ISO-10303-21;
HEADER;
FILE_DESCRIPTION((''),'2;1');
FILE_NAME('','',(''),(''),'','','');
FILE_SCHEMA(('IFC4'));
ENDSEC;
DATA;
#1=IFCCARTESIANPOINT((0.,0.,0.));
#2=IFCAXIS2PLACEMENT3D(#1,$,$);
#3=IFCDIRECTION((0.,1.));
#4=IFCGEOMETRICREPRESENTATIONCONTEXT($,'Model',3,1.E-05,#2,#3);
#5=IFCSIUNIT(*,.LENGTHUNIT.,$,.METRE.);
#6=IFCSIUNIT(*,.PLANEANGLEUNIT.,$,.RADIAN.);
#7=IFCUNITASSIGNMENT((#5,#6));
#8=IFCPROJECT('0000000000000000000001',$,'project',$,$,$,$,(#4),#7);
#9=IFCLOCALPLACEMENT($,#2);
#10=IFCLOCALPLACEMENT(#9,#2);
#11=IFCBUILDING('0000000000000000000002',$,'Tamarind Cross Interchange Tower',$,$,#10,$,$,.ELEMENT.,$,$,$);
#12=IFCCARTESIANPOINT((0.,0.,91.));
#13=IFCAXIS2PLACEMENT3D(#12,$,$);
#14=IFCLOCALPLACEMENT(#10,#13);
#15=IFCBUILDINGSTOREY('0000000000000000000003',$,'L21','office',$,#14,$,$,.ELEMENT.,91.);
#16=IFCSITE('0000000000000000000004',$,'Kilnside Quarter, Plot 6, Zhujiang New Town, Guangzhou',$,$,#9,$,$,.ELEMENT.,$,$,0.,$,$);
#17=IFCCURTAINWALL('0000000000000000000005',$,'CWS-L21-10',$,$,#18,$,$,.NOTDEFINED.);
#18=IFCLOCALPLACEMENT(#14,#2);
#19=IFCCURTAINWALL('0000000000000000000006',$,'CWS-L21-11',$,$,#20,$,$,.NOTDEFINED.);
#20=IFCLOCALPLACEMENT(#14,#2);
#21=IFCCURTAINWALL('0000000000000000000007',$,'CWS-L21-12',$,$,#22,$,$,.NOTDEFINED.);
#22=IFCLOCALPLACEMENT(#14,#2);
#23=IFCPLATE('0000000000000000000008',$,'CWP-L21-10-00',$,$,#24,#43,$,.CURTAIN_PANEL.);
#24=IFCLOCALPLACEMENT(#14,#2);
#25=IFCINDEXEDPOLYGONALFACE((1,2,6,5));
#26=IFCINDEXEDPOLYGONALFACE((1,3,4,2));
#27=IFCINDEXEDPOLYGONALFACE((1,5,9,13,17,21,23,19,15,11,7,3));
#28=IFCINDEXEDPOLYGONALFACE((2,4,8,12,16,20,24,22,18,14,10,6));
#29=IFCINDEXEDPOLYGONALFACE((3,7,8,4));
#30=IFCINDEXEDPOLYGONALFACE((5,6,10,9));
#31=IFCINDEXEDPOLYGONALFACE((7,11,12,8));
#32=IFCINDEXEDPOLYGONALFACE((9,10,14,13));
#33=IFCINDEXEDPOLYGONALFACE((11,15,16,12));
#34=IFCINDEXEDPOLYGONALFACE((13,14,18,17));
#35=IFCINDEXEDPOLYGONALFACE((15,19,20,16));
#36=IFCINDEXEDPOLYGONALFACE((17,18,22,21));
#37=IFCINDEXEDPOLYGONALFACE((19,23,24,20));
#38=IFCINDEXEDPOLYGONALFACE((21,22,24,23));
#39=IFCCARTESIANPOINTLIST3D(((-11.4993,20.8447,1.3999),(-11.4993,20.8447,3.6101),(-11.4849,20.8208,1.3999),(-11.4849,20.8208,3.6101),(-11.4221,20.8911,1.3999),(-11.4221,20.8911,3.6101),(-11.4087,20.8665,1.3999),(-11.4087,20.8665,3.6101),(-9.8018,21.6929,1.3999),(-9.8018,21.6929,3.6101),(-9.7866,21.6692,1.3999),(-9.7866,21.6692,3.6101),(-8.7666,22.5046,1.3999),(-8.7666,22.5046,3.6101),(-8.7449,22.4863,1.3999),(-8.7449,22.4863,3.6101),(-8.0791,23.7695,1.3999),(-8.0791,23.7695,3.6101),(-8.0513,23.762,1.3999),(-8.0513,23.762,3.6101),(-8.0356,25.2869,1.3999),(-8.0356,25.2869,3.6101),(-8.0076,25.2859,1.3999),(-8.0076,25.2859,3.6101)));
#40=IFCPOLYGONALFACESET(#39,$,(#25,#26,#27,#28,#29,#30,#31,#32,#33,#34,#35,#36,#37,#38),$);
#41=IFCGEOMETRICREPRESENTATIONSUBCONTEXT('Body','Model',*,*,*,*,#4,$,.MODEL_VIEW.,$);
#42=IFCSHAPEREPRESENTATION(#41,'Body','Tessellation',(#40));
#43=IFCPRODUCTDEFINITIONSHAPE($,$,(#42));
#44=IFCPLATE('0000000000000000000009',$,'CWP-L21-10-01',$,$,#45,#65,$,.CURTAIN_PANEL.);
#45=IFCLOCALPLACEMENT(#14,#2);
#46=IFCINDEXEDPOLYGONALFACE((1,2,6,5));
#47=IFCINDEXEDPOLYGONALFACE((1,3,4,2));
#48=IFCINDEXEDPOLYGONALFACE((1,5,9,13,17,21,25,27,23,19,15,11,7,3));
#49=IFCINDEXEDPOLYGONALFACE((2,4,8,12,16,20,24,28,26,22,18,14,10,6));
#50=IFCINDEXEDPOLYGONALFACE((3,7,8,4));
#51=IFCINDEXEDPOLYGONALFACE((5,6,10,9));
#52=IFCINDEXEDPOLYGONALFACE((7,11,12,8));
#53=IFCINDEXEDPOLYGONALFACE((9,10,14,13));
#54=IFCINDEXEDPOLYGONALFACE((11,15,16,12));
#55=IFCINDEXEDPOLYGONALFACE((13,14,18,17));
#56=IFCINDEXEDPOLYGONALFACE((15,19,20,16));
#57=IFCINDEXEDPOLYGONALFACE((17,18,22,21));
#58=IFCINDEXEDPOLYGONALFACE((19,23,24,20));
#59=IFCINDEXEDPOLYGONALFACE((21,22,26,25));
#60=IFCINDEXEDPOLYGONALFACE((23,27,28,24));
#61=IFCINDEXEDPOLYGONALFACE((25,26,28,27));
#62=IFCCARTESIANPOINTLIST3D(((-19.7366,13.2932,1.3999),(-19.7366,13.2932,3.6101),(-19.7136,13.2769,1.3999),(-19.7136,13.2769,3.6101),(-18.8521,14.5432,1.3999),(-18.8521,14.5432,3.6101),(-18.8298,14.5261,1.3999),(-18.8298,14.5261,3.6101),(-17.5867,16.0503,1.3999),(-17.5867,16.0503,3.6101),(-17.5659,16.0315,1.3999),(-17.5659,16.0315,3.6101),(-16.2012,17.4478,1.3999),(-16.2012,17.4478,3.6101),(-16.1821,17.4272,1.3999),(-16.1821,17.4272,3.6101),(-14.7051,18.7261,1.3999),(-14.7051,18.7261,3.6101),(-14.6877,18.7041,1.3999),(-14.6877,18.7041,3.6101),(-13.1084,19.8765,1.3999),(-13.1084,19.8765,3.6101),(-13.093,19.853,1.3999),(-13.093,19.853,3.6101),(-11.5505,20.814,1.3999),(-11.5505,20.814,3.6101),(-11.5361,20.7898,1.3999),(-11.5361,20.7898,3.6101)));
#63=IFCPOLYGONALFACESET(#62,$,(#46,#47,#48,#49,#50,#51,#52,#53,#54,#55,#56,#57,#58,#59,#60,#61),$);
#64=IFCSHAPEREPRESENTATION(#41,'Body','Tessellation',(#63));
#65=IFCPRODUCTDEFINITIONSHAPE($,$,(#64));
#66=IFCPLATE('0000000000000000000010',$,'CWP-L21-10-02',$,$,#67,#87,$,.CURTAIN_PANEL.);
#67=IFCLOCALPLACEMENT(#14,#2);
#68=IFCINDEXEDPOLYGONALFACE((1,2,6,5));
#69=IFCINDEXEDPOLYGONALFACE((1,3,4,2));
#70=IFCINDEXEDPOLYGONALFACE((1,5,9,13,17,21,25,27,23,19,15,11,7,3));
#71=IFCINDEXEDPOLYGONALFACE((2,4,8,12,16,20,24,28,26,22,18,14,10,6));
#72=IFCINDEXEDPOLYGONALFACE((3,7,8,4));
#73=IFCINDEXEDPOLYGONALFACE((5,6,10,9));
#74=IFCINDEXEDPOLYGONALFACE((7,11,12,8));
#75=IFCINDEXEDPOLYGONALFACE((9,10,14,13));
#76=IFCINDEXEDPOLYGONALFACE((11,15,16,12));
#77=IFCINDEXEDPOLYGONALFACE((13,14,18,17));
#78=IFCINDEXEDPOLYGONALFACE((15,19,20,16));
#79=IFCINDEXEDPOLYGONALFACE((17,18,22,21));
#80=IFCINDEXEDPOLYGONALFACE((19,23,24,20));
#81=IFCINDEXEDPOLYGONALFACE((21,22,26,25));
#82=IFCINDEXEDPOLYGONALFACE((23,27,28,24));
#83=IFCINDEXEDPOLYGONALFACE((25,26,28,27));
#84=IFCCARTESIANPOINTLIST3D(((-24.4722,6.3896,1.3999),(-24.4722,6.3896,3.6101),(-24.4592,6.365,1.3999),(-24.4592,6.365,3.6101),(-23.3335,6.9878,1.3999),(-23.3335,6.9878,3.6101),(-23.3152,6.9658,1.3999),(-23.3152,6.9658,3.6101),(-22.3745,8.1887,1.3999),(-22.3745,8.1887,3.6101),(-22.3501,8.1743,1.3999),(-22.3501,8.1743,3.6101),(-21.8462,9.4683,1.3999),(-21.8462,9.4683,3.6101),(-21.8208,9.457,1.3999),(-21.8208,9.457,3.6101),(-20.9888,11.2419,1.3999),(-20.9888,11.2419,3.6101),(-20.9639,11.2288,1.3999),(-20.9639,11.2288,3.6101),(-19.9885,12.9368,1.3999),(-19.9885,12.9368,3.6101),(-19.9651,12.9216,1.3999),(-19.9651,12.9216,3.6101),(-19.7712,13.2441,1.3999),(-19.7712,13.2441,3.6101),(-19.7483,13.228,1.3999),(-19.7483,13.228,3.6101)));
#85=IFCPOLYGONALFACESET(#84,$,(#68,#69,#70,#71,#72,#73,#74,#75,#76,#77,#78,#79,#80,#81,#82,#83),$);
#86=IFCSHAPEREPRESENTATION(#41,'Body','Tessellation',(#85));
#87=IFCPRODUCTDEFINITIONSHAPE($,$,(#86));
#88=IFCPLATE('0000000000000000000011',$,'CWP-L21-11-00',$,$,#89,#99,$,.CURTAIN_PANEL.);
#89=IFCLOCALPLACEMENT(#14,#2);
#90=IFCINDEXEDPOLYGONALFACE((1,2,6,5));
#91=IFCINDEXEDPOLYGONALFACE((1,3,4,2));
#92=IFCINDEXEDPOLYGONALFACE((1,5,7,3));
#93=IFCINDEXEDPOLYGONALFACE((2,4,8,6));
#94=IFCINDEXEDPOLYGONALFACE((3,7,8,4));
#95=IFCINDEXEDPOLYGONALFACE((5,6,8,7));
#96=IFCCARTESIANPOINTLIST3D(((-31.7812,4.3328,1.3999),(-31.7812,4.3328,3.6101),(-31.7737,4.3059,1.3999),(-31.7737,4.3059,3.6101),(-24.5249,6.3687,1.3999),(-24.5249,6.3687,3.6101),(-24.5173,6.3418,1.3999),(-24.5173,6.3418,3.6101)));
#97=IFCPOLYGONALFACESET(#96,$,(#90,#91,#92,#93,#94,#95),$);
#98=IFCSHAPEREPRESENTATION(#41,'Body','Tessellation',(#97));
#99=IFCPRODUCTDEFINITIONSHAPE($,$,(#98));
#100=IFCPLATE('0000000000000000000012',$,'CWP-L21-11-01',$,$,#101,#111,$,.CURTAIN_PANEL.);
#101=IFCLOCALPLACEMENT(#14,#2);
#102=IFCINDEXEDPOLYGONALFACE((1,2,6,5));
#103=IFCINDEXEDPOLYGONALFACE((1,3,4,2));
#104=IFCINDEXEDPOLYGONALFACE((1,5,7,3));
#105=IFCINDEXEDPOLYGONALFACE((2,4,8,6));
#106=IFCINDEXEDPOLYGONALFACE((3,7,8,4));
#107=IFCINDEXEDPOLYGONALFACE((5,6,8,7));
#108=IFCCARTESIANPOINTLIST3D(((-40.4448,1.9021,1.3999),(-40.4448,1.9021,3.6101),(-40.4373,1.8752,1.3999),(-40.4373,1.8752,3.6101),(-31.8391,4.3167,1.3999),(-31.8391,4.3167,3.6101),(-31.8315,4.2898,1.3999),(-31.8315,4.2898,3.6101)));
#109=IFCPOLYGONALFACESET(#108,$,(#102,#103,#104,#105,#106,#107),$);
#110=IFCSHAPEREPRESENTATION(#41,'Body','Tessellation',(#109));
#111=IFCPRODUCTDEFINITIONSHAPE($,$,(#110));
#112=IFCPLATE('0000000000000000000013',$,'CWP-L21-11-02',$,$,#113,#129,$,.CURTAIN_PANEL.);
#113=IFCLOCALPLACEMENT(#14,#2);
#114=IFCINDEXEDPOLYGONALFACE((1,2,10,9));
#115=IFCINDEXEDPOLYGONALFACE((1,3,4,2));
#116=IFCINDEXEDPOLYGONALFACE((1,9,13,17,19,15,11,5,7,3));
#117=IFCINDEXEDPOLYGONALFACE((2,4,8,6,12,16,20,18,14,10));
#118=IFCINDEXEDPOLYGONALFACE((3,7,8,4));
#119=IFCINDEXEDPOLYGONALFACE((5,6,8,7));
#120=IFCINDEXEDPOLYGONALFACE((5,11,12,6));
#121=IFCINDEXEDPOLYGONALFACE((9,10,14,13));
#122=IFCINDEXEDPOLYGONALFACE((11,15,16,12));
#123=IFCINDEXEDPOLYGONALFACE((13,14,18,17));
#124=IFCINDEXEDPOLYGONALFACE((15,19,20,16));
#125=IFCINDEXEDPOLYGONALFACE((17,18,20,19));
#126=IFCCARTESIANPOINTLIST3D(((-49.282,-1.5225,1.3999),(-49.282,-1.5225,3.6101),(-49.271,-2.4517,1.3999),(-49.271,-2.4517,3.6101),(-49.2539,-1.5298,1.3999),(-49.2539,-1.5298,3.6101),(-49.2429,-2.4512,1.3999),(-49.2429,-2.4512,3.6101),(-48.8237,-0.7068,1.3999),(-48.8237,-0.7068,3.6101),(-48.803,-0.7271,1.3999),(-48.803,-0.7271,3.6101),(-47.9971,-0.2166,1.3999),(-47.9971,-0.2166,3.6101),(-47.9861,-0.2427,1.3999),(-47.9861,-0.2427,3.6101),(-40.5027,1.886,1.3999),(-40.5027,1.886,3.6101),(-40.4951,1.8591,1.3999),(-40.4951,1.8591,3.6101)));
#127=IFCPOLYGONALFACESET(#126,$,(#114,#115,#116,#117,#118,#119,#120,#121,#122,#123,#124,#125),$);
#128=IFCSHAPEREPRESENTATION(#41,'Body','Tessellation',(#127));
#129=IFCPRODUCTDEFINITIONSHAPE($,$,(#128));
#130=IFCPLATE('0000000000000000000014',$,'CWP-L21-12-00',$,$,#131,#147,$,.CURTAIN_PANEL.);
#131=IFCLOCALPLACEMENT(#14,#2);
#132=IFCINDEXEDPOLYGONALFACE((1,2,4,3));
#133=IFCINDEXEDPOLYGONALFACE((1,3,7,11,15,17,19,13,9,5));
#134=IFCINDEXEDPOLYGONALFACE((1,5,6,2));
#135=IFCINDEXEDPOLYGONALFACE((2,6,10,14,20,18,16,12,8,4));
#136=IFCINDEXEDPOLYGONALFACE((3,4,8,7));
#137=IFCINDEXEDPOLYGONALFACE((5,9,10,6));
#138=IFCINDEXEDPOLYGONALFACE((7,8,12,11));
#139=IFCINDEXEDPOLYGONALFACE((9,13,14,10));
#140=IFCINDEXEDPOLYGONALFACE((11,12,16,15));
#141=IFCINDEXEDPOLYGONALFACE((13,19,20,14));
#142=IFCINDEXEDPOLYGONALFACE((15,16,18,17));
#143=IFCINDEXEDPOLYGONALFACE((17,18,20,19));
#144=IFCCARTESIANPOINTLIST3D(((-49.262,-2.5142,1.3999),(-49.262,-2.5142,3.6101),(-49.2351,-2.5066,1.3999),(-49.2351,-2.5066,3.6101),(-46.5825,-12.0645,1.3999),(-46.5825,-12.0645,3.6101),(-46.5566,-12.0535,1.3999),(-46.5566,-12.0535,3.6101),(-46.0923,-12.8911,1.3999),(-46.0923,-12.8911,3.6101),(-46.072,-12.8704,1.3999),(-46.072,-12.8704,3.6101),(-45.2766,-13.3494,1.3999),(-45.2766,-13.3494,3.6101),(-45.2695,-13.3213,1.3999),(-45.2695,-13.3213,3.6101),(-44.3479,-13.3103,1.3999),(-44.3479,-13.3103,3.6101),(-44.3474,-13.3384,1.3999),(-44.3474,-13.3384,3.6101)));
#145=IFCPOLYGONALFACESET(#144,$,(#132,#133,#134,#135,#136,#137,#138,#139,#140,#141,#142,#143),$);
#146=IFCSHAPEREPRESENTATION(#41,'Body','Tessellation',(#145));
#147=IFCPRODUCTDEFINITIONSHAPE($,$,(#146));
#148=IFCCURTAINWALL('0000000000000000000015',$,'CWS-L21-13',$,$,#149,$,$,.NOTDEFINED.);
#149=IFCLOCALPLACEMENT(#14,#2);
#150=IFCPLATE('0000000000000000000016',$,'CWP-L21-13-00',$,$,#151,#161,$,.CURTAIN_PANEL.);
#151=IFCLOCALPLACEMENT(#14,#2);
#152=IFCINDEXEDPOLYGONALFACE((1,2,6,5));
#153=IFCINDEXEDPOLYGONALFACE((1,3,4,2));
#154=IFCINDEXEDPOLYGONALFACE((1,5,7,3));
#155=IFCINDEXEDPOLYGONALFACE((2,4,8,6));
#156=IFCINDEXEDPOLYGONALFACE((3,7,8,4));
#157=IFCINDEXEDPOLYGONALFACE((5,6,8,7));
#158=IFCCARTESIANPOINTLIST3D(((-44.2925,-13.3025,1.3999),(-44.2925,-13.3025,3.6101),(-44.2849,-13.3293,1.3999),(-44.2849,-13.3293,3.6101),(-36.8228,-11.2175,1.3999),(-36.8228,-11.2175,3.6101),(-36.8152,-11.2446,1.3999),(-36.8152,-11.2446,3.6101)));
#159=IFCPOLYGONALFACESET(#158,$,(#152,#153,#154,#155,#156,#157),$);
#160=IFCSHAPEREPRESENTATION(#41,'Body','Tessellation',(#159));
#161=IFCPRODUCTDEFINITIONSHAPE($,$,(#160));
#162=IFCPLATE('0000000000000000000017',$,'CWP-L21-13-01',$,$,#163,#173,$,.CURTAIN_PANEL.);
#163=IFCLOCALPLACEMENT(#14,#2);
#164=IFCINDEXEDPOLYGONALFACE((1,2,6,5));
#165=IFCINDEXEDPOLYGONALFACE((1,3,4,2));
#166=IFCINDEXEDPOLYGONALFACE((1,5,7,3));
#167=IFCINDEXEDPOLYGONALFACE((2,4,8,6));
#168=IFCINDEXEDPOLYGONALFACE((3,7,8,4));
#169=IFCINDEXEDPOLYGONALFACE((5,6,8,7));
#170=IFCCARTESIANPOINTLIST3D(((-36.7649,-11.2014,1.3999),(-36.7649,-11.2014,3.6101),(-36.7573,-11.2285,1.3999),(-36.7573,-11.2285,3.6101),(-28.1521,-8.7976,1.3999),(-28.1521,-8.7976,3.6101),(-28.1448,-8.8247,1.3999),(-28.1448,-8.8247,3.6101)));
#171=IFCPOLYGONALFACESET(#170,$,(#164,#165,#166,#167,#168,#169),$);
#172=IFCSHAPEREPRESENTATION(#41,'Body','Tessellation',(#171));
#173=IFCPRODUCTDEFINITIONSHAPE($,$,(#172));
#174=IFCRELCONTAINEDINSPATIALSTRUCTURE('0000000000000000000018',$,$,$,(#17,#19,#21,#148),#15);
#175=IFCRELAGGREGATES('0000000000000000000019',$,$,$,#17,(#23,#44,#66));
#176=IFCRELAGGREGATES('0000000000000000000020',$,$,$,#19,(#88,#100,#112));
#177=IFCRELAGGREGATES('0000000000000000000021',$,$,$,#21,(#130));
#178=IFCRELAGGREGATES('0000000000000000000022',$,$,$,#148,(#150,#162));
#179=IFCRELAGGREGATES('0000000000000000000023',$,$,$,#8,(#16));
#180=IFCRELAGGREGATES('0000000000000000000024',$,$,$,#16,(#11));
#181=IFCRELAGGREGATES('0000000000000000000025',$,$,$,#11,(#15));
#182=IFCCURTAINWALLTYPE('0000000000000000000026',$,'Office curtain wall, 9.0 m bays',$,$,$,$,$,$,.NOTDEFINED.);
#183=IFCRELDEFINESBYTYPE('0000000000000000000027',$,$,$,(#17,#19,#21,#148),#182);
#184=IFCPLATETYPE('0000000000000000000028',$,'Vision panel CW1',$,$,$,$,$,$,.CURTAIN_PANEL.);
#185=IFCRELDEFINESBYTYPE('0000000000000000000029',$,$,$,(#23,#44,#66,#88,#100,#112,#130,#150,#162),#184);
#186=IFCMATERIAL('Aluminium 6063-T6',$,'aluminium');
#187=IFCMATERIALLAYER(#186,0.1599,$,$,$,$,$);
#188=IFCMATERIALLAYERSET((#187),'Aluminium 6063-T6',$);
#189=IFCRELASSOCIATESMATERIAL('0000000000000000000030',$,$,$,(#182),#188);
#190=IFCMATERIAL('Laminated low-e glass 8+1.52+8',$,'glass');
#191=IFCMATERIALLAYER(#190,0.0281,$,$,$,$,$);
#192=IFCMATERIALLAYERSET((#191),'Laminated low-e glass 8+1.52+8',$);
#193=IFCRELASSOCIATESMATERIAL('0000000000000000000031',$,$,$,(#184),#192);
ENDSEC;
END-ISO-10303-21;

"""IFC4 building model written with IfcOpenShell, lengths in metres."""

from ifc_helpers import new_model, si_unit, direction, frame, origin, place, context, subcontext, project, spatial, polyline, outline, extrude, material, layer, layer_set, type_object, element, aggregate, save


model = new_model("IFC4")

# Units and contexts
model_context = context("Model", 3, precision=1e-05, world=origin(), true_north=direction((0.0, 1.0)))
body_context = subcontext(model_context, "Body", "Model", "MODEL_VIEW")
ifc_project = project(units=[si_unit("LENGTHUNIT", "METRE"), si_unit("PLANEANGLEUNIT", "RADIAN")], contexts=[model_context])

# Site, building, storey
site_placement = place(None, origin())
site = spatial("IfcSite", under=ifc_project, at=site_placement, Name="Kilnside Quarter, Plot 6, Zhujiang New Town, Guangzhou", CompositionType="ELEMENT", RefElevation=0.0)
building_placement = place(site_placement, origin())
building = spatial("IfcBuilding", under=site, at=building_placement, Name="Tamarind Cross Interchange Tower", CompositionType="ELEMENT")
storey_placement = place(building_placement, frame((0.0, 0.0, 91.0)))
storey = spatial("IfcBuildingStorey", under=building, at=storey_placement, Name="L21", Description="office", CompositionType="ELEMENT", Elevation=91.0)

# Curtain walls
ifc_material_1 = material(Name="Aluminium 6063-T6", Category="aluminium")
ifc_layer_1 = layer(ifc_material_1, 0.1599)
ifc_layer_set_1 = layer_set([ifc_layer_1], Name="Aluminium 6063-T6")
curtain_wall_type = type_object("IfcCurtainWallType", Name="Office curtain wall, 9.0 m bays", PredefinedType="NOTDEFINED", material=ifc_layer_set_1)
curtain_wall_1_placement = place(storey_placement, origin())
curtain_wall_1 = element("IfcCurtainWall", 1, at=curtain_wall_1_placement, inside=storey, type_object=curtain_wall_type, Name="CWS-L21-10", PredefinedType="NOTDEFINED")
curtain_wall_2_placement = place(storey_placement, origin())
curtain_wall_2 = element("IfcCurtainWall", 2, at=curtain_wall_2_placement, inside=storey, type_object=curtain_wall_type, Name="CWS-L21-11", PredefinedType="NOTDEFINED")
curtain_wall_3_placement = place(storey_placement, origin())
curtain_wall_3 = element("IfcCurtainWall", 3, at=curtain_wall_3_placement, inside=storey, type_object=curtain_wall_type, Name="CWS-L21-12", PredefinedType="NOTDEFINED")

# Plates
ifc_material_2 = material(Name="Laminated low-e glass 8+1.52+8", Category="glass")
ifc_layer_2 = layer(ifc_material_2, 0.0281)
ifc_layer_set_2 = layer_set([ifc_layer_2], Name="Laminated low-e glass 8+1.52+8")
plate_type = type_object("IfcPlateType", Name="Vision panel CW1", PredefinedType="CURTAIN_PANEL", material=ifc_layer_set_2)
plate_1_placement = place(storey_placement, frame((0.0, 0.0, 1.3999)))
plate_1 = element("IfcPlate", 4, at=plate_1_placement, type_object=plate_type, Name="CWP-L21-10-00", PredefinedType="CURTAIN_PANEL", context=body_context, shape_type="SweptSolid", body=[
    extrude(outline(polyline([(-8.0076, 25.2859), (-8.0513, 23.762), (-8.7449, 22.4863), (-9.7866, 21.6692), (-11.4087, 20.8665), (-11.4849, 20.8208), (-11.4993, 20.8447), (-11.4221, 20.8911), (-9.8018, 21.6929), (-8.7666, 22.5046), (-8.0791, 23.7695), (-8.0356, 25.2869), (-8.0076, 25.2859)])), origin(), (0.0, 0.0, 1.0), 2.2102),
])
plate_2_placement = place(storey_placement, frame((0.0, 0.0, 1.3999)))
plate_2 = element("IfcPlate", 5, at=plate_2_placement, type_object=plate_type, Name="CWP-L21-10-01", PredefinedType="CURTAIN_PANEL", context=body_context, shape_type="SweptSolid", body=[
    extrude(outline(polyline([(-11.5361, 20.7898), (-13.093, 19.853), (-14.6877, 18.7041), (-16.1821, 17.4272), (-17.5659, 16.0315), (-18.8298, 14.5261), (-19.7136, 13.2769), (-19.7366, 13.2932), (-18.8521, 14.5432), (-17.5867, 16.0503), (-16.2012, 17.4478), (-14.7051, 18.7261), (-13.1084, 19.8765), (-11.5505, 20.814), (-11.5361, 20.7898)])), origin(), (0.0, 0.0, 1.0), 2.2102),
])
plate_3_placement = place(storey_placement, frame((0.0, 0.0, 1.3999)))
plate_3 = element("IfcPlate", 6, at=plate_3_placement, type_object=plate_type, Name="CWP-L21-10-02", PredefinedType="CURTAIN_PANEL", context=body_context, shape_type="SweptSolid", body=[
    extrude(outline(polyline([(-19.7483, 13.228), (-19.9651, 12.9216), (-20.9639, 11.2288), (-21.8208, 9.457), (-22.3501, 8.1743), (-23.3152, 6.9658), (-24.4592, 6.365), (-24.4722, 6.3896), (-23.3335, 6.9878), (-22.3745, 8.1887), (-21.8462, 9.4683), (-20.9888, 11.2419), (-19.9885, 12.9368), (-19.7712, 13.2441), (-19.7483, 13.228)])), origin(), (0.0, 0.0, 1.0), 2.2102),
])
aggregate(curtain_wall_1, [plate_1, plate_2, plate_3])
plate_4_placement = place(storey_placement, frame((0.0, 0.0, 1.3999)))
plate_4 = element("IfcPlate", 7, at=plate_4_placement, type_object=plate_type, Name="CWP-L21-11-00", PredefinedType="CURTAIN_PANEL", context=body_context, shape_type="SweptSolid", body=[
    extrude(outline(polyline([(-24.5173, 6.3418), (-31.7737, 4.3059), (-31.7812, 4.3328), (-24.5249, 6.3687), (-24.5173, 6.3418)])), origin(), (0.0, 0.0, 1.0), 2.2102),
])
plate_5_placement = place(storey_placement, frame((0.0, 0.0, 1.3999)))
plate_5 = element("IfcPlate", 8, at=plate_5_placement, type_object=plate_type, Name="CWP-L21-11-01", PredefinedType="CURTAIN_PANEL", context=body_context, shape_type="SweptSolid", body=[
    extrude(outline(polyline([(-31.8315, 4.2898), (-40.4373, 1.8752), (-40.4448, 1.9021), (-31.8391, 4.3167), (-31.8315, 4.2898)])), origin(), (0.0, 0.0, 1.0), 2.2102),
])
plate_6_placement = place(storey_placement, frame((0.0, 0.0, 1.3999)))
plate_6 = element("IfcPlate", 9, at=plate_6_placement, type_object=plate_type, Name="CWP-L21-11-02", PredefinedType="CURTAIN_PANEL", context=body_context, shape_type="SweptSolid", body=[
    extrude(outline(polyline([(-40.4951, 1.8591), (-47.9861, -0.2427), (-48.803, -0.7271), (-49.2539, -1.5298), (-49.2429, -2.4512), (-49.271, -2.4517), (-49.282, -1.5225), (-48.8237, -0.7068), (-47.9971, -0.2166), (-40.5027, 1.886), (-40.4951, 1.8591)])), origin(), (0.0, 0.0, 1.0), 2.2102),
])
aggregate(curtain_wall_2, [plate_4, plate_5, plate_6])
plate_7_placement = place(storey_placement, frame((0.0, 0.0, 1.3999)))
plate_7 = element("IfcPlate", 10, at=plate_7_placement, type_object=plate_type, Name="CWP-L21-12-00", PredefinedType="CURTAIN_PANEL", context=body_context, shape_type="SweptSolid", body=[
    extrude(outline(polyline([(-49.2351, -2.5066), (-46.5566, -12.0535), (-46.072, -12.8704), (-45.2695, -13.3213), (-44.3479, -13.3103), (-44.3474, -13.3384), (-45.2766, -13.3494), (-46.0923, -12.8911), (-46.5825, -12.0645), (-49.262, -2.5142), (-49.2351, -2.5066)])), origin(), (0.0, 0.0, 1.0), 2.2102),
])
aggregate(curtain_wall_3, [plate_7])

# Curtain wall, plates
curtain_wall_4_placement = place(storey_placement, origin())
curtain_wall_4 = element("IfcCurtainWall", 11, at=curtain_wall_4_placement, inside=storey, type_object=curtain_wall_type, Name="CWS-L21-13", PredefinedType="NOTDEFINED")
plate_8_placement = place(storey_placement, frame((0.0, 0.0, 1.3999)))
plate_8 = element("IfcPlate", 12, at=plate_8_placement, type_object=plate_type, Name="CWP-L21-13-00", PredefinedType="CURTAIN_PANEL", context=body_context, shape_type="SweptSolid", body=[
    extrude(outline(polyline([(-44.2925, -13.3025), (-36.8228, -11.2175), (-36.8152, -11.2446), (-44.2849, -13.3293), (-44.2925, -13.3025)])), origin(), (0.0, 0.0, 1.0), 2.2102),
])
plate_9_placement = place(storey_placement, frame((0.0, 0.0, 1.3999)))
plate_9 = element("IfcPlate", 13, at=plate_9_placement, type_object=plate_type, Name="CWP-L21-13-01", PredefinedType="CURTAIN_PANEL", context=body_context, shape_type="SweptSolid", body=[
    extrude(outline(polyline([(-36.7649, -11.2014), (-28.1521, -8.7976), (-28.1448, -8.8247), (-36.7573, -11.2285), (-36.7649, -11.2014)])), origin(), (0.0, 0.0, 1.0), 2.2102),
])
aggregate(curtain_wall_4, [plate_8, plate_9])

save(model, "model.ifc")
